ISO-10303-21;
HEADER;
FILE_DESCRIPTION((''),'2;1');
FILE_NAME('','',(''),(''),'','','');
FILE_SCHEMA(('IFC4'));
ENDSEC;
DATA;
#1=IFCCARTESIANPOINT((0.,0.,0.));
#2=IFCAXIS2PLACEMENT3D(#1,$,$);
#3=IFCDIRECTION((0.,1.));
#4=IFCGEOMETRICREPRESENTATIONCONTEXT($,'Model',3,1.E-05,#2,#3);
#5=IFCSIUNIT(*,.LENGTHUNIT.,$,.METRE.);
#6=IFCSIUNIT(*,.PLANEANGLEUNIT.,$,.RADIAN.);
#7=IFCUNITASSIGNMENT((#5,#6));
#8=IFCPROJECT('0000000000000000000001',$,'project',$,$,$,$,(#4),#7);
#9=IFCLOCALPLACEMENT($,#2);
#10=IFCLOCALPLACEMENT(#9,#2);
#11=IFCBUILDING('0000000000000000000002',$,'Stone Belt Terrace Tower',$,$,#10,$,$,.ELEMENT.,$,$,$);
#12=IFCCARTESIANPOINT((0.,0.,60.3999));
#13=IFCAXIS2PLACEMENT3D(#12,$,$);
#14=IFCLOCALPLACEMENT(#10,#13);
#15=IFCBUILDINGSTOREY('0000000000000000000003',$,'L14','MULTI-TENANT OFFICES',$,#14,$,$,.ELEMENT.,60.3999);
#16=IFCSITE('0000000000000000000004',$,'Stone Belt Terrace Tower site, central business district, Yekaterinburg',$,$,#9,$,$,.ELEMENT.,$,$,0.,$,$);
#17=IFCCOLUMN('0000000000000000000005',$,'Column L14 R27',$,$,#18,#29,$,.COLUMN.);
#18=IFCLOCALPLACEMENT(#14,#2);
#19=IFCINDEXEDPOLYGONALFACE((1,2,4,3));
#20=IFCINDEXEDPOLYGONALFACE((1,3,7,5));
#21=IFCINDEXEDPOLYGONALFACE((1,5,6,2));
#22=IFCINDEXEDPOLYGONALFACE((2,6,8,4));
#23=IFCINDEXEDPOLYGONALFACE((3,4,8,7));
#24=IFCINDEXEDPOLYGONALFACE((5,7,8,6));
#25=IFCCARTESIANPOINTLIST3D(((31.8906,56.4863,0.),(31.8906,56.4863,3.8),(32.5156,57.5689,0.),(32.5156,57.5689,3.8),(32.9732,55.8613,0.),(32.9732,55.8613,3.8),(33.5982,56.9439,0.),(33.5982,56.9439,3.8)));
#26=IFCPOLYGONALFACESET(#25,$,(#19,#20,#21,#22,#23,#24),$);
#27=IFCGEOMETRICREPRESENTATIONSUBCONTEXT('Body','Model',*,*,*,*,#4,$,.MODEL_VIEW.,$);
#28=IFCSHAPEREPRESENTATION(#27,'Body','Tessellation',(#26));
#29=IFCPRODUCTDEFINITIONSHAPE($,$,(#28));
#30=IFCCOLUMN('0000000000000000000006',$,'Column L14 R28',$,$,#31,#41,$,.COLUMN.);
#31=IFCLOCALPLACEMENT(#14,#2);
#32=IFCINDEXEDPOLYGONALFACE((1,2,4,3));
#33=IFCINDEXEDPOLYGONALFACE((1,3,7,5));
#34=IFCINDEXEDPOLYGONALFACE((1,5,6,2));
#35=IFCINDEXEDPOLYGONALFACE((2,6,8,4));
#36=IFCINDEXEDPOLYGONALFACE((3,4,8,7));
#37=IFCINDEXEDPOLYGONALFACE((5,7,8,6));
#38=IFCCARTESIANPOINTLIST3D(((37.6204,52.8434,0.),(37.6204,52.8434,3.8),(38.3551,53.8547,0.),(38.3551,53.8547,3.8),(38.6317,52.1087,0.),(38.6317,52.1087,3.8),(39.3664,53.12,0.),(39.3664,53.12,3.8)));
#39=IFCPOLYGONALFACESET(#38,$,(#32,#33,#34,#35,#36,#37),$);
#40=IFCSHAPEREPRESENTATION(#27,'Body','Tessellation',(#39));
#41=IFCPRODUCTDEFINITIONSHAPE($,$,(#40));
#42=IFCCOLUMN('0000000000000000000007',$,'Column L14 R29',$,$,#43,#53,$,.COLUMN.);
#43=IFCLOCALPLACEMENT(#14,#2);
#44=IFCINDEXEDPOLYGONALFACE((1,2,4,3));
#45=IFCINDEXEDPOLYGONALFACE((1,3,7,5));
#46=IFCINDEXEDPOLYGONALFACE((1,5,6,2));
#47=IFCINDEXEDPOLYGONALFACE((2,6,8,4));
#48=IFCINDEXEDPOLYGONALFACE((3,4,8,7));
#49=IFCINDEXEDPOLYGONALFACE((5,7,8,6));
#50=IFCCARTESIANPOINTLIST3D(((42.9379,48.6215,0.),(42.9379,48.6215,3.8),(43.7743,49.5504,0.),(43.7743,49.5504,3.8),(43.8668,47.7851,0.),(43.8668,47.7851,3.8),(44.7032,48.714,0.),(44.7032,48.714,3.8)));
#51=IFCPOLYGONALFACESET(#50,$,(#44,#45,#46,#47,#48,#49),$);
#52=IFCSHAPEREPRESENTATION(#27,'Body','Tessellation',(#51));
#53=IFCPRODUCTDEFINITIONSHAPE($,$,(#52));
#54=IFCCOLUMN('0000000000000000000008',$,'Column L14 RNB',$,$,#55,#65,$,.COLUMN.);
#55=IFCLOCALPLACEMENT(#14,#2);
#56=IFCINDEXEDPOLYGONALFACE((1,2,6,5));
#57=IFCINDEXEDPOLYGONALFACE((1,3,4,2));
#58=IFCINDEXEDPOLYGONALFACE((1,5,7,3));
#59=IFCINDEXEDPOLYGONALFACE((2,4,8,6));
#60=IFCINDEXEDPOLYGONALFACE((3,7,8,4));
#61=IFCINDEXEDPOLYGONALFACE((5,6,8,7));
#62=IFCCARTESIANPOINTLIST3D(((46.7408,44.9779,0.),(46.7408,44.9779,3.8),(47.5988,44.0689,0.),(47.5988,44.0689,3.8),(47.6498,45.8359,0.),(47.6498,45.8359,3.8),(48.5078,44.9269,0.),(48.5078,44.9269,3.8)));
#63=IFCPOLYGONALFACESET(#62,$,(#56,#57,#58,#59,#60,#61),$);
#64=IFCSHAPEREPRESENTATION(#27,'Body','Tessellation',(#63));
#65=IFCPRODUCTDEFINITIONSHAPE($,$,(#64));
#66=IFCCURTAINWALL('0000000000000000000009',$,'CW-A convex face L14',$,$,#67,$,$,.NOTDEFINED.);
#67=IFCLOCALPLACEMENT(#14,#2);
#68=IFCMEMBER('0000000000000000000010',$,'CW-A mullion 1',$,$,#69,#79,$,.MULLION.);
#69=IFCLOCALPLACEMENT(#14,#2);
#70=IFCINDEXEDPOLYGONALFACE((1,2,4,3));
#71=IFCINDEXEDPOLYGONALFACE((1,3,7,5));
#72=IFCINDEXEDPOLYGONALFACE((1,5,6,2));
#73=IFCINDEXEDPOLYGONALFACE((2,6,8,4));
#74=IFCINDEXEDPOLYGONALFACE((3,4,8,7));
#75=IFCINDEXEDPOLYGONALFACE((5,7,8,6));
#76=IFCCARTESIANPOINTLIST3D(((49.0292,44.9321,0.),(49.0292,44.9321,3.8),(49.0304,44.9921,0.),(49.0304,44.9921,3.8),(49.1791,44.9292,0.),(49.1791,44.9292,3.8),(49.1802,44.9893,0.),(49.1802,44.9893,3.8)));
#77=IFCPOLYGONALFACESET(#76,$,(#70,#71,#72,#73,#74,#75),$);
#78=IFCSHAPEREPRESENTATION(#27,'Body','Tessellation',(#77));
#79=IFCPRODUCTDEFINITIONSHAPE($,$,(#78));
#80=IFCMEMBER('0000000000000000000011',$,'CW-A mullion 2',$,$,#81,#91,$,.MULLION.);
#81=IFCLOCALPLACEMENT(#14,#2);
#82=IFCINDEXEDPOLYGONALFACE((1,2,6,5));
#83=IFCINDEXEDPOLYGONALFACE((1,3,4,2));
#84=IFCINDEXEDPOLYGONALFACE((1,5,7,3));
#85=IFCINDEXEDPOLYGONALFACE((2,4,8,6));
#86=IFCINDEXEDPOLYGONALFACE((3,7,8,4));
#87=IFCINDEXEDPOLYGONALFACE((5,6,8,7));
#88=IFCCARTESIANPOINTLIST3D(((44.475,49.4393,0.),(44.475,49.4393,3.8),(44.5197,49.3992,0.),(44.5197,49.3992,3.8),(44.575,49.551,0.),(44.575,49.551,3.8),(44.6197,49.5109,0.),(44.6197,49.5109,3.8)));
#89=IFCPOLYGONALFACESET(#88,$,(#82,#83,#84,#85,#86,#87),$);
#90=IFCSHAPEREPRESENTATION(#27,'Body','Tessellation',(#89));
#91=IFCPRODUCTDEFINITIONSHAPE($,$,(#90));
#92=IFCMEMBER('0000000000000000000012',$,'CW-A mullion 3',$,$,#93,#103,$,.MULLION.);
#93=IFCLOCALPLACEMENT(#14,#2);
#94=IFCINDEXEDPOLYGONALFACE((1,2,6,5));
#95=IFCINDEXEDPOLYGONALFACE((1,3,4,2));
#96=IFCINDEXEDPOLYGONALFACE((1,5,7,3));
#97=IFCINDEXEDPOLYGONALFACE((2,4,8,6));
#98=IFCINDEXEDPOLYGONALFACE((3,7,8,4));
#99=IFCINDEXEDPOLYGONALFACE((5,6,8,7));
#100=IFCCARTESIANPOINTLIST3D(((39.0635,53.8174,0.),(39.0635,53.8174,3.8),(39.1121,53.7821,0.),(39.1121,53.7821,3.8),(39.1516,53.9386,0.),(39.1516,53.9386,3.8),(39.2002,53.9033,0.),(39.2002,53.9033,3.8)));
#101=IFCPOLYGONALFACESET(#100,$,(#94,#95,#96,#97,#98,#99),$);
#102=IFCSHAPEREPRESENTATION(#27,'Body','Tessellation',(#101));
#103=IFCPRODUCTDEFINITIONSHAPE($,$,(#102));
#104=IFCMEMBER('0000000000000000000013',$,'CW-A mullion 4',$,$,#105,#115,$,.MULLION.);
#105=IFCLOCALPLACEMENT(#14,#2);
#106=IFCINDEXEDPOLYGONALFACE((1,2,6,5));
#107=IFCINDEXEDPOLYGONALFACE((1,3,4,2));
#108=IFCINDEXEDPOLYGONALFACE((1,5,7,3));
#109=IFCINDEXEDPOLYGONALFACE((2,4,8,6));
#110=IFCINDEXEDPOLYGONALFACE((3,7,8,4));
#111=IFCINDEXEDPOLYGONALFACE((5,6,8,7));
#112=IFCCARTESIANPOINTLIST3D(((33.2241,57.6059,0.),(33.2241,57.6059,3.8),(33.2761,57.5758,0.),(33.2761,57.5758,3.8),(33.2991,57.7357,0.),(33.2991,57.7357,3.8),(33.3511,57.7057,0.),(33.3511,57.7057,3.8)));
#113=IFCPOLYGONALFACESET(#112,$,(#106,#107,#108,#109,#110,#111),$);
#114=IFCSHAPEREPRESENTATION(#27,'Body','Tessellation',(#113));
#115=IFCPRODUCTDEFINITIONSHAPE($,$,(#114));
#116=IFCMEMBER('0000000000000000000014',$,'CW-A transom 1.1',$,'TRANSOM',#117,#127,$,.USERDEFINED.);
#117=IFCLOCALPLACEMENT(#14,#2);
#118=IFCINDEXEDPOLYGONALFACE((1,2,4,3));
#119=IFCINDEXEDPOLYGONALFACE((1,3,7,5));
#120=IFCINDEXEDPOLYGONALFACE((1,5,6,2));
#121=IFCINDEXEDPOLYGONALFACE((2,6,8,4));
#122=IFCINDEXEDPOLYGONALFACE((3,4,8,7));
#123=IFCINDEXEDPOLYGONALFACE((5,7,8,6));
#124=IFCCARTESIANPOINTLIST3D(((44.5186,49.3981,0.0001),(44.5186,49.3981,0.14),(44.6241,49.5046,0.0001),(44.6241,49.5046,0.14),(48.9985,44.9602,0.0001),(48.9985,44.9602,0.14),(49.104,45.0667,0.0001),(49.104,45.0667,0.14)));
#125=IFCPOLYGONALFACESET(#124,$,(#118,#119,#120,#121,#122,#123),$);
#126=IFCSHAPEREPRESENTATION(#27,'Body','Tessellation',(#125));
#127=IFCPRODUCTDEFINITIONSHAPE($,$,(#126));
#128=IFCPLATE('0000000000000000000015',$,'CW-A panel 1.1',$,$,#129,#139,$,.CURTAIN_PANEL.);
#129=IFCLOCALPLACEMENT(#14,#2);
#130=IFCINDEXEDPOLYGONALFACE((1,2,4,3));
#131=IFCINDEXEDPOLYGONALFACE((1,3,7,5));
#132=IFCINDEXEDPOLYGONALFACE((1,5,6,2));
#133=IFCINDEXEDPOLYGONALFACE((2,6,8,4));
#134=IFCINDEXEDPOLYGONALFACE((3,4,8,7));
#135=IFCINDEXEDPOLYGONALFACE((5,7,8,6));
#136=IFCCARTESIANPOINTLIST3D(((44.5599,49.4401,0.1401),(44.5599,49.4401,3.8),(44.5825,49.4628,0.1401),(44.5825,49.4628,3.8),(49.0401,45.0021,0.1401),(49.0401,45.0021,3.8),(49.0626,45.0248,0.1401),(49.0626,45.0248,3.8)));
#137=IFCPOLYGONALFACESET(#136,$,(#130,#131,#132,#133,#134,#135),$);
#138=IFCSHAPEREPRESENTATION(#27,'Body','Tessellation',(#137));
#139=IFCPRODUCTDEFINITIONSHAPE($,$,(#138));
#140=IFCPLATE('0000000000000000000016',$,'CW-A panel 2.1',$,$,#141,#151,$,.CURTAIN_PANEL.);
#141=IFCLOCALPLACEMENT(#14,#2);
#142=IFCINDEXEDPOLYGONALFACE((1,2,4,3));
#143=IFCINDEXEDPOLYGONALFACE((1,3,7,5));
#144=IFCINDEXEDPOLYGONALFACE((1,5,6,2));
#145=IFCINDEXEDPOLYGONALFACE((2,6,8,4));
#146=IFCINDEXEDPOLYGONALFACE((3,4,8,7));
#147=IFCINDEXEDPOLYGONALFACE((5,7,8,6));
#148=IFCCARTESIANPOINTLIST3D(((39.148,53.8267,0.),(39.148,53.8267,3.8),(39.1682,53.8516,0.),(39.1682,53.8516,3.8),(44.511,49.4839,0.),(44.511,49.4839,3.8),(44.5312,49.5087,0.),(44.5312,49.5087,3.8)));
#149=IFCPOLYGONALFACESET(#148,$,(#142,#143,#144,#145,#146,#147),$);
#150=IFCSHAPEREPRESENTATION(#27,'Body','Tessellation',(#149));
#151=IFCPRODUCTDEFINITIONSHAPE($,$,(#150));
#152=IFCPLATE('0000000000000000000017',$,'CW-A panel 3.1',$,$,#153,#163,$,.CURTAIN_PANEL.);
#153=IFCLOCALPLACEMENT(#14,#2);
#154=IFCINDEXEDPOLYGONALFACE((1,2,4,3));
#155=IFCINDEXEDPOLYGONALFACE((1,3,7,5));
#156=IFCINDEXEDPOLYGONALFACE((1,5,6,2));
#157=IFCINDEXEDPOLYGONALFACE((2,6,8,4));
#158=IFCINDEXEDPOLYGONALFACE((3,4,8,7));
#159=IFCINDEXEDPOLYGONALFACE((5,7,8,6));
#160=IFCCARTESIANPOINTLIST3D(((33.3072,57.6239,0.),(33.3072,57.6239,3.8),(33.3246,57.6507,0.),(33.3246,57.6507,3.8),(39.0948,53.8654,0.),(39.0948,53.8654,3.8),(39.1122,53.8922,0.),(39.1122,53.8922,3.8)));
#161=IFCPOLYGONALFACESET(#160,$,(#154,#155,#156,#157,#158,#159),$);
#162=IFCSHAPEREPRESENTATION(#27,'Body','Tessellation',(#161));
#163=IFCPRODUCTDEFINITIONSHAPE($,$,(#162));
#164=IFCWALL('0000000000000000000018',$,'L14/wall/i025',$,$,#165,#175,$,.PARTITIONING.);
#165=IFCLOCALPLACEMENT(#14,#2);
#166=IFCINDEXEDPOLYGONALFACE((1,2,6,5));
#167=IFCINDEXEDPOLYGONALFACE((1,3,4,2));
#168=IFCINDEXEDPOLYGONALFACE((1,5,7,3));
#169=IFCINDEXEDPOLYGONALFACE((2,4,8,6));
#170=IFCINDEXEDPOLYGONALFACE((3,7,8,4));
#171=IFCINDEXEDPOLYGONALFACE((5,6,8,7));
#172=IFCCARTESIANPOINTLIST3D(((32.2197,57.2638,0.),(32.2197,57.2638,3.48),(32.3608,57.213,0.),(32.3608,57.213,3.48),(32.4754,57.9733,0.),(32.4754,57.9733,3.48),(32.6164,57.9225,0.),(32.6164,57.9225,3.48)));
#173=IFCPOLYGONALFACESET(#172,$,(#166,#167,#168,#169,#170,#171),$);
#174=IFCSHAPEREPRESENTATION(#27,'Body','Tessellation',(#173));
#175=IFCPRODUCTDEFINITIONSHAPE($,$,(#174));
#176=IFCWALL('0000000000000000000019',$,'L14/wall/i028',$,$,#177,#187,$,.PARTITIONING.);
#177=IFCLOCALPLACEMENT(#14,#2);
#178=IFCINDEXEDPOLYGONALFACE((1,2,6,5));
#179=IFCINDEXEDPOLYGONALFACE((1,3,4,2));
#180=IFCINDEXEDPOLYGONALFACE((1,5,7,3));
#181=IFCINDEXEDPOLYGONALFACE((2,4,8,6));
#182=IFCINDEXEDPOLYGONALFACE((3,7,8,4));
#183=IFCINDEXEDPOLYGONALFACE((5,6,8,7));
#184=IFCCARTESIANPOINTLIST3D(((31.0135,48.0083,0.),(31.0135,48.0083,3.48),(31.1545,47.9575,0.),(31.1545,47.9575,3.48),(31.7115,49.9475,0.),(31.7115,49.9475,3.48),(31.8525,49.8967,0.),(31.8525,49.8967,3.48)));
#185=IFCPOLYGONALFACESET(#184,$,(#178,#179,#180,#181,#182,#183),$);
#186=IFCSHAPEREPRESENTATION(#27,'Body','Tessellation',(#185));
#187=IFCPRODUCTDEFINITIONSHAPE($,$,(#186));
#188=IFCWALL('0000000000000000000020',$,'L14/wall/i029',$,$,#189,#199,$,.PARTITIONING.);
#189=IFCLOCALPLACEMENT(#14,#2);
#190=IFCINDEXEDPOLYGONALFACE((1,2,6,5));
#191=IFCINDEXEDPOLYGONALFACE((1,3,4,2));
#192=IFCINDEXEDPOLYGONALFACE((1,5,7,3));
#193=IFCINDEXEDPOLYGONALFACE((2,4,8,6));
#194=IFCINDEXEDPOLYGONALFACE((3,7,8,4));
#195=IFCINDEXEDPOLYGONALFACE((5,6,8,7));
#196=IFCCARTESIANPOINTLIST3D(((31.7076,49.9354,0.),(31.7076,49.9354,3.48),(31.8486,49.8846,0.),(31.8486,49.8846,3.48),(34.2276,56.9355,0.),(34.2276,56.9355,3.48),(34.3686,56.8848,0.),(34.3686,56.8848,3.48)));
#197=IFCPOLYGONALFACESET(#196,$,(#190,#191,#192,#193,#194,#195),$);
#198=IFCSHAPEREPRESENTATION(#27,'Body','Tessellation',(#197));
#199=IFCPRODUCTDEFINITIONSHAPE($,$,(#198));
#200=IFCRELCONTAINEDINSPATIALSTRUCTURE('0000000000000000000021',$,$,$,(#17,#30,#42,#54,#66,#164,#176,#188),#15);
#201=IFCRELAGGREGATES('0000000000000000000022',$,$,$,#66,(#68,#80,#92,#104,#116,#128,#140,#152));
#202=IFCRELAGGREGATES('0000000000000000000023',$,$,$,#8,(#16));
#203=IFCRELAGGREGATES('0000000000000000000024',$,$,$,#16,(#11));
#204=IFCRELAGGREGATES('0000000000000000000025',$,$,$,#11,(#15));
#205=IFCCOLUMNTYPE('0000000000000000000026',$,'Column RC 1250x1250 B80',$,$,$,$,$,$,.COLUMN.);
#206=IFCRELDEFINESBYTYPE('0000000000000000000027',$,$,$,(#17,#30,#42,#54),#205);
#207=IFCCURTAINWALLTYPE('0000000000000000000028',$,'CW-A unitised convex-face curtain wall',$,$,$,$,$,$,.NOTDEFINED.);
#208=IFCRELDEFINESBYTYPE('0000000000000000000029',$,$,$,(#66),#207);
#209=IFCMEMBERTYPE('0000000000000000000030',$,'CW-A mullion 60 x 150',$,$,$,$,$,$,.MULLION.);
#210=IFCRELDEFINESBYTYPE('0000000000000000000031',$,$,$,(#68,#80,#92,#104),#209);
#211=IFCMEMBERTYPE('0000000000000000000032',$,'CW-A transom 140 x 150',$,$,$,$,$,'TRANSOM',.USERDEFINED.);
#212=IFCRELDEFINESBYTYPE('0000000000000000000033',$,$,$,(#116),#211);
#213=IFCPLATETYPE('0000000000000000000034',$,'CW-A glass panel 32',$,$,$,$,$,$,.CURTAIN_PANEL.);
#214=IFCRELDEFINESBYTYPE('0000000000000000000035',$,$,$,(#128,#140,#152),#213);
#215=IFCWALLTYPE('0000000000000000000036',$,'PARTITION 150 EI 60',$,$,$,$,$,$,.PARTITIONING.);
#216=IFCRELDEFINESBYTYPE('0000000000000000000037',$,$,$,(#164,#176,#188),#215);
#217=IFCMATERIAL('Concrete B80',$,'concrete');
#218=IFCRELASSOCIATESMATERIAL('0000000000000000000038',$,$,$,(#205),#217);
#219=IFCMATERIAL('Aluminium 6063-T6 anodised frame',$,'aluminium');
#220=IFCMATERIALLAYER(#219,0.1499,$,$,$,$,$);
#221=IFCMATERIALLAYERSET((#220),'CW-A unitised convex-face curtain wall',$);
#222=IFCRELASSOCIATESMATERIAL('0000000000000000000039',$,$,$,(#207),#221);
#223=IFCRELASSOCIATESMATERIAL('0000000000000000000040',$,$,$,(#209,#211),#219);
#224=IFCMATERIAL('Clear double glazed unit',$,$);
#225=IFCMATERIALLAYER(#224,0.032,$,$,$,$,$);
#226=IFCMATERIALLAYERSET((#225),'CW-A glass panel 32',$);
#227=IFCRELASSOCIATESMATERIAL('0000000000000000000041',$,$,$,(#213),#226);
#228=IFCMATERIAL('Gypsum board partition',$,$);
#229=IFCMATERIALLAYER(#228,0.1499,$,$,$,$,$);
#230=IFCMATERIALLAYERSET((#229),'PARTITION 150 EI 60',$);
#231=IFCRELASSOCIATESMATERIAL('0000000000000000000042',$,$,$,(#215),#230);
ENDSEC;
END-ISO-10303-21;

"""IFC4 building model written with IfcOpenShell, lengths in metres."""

from ifc_helpers import new_model, si_unit, direction, frame, frame_2d, origin, origin_2d, place, context, subcontext, project, spatial, rectangle, extrude, material, layer, layer_set, material_profile, profile_set, type_object, element, aggregate, save


model = new_model("IFC4")

# Units and contexts
model_context = context("Model", 3, precision=1e-05, world=origin(), true_north=direction((0.0, 1.0)))
body_context = subcontext(model_context, "Body", "Model", "MODEL_VIEW")
ifc_project = project(units=[si_unit("LENGTHUNIT", "METRE"), si_unit("PLANEANGLEUNIT", "RADIAN")], contexts=[model_context])

# Site, building, storey
site_placement = place(None, origin())
site = spatial("IfcSite", under=ifc_project, at=site_placement, Name="Stone Belt Terrace Tower site, central business district, Yekaterinburg", CompositionType="ELEMENT", RefElevation=0.0)
building_placement = place(site_placement, origin())
building = spatial("IfcBuilding", under=site, at=building_placement, Name="Stone Belt Terrace Tower", CompositionType="ELEMENT")
storey_placement = place(building_placement, frame((0.0, 0.0, 60.3999)))
storey = spatial("IfcBuildingStorey", under=building, at=storey_placement, Name="L14", Description="MULTI-TENANT OFFICES", CompositionType="ELEMENT", Elevation=60.3999)

# Columns
ifc_material_1 = material(Name="Concrete B80", Category="concrete")
ifc_material_profile_1 = material_profile(ifc_material_1, rectangle(XDim=1.25, YDim=1.25, at=origin_2d()), Name="RC 1250x1250")
ifc_profile_set_1 = profile_set([ifc_material_profile_1], Name="Concrete B80")
column_type = type_object("IfcColumnType", Name="Column RC 1250x1250 B80", PredefinedType="COLUMN", material=ifc_profile_set_1)
for number, where, z_axis, x_axis, name in (
    (1, (32.7444, 56.7151, 0.0), (0.0, 0.0, 1.0), (0.866025, -0.5, 0.0), "Column L14 R27"),
    (2, (38.4934, 52.9817, 0.0), (0.0, 0.0, 1.0), (0.809017, -0.587785, 0.0), "Column L14 R28"),
    (3, (43.8206, 48.6677, 0.0), (0.0, 0.0, 1.0), (0.743145, -0.669131, 0.0), "Column L14 R29"),
    (4, (47.6243, 44.9524, 0.0), (0.0, 0.0, 1.0), (0.686414, -0.727211, 0.0), "Column L14 RNB"),
):
    element("IfcColumn", number, at=place(storey_placement, frame(where, z_axis=z_axis, x_axis=x_axis)), inside=storey, type_object=column_type, Name=name, PredefinedType="COLUMN", context=body_context, shape_type="SweptSolid", body=[
        extrude(rectangle(XDim=1.25, YDim=1.25, at=origin_2d()), origin(), (0.0, 0.0, 1.0), 3.8),
    ])

# Curtain wall, members, plates
ifc_material_2 = material(Name="Aluminium 6063-T6 anodised frame", Category="aluminium")
ifc_layer_1 = layer(ifc_material_2, 0.1499)
ifc_layer_set_1 = layer_set([ifc_layer_1], Name="CW-A unitised convex-face curtain wall")
curtain_wall_type = type_object("IfcCurtainWallType", Name="CW-A unitised convex-face curtain wall", PredefinedType="NOTDEFINED", material=ifc_layer_set_1)
curtain_wall_placement = place(storey_placement, origin())
curtain_wall = element("IfcCurtainWall", 5, at=curtain_wall_placement, inside=storey, type_object=curtain_wall_type, Name="CW-A convex face L14", PredefinedType="NOTDEFINED")
ifc_material_profile_2 = material_profile(ifc_material_2, rectangle(XDim=0.1499, YDim=0.0601, at=origin_2d()), Name="Aluminium 6063-T6 60x150")
ifc_profile_set_2 = profile_set([ifc_material_profile_2], Name="Aluminium 6063-T6 anodised frame")
member_type_1 = type_object("IfcMemberType", Name="CW-A mullion 60 x 150", PredefinedType="MULLION", material=ifc_profile_set_2)
member_1_placement = place(storey_placement, frame((49.1047, 44.9607, 0.0), z_axis=(0.0, 0.0, 1.0), x_axis=(-0.999818, 0.019084, 0.0)))
member_1 = element("IfcMember", 6, at=member_1_placement, type_object=member_type_1, Name="CW-A mullion 1", PredefinedType="MULLION", context=body_context, shape_type="SweptSolid", body=[
    extrude(rectangle(XDim=0.1499, YDim=0.0601, at=origin_2d()), origin(), (0.0, 0.0, 1.0), 3.8),
])
member_2_placement = place(storey_placement, frame((44.5474, 49.4751, 0.0), z_axis=(0.0, 0.0, 1.0), x_axis=(-0.667371, -0.744725, 0.0)))
member_2 = element("IfcMember", 7, at=member_2_placement, type_object=member_type_1, Name="CW-A mullion 2", PredefinedType="MULLION", context=body_context, shape_type="SweptSolid", body=[
    extrude(rectangle(XDim=0.1499, YDim=0.0601, at=origin_2d()), origin(), (0.0, 0.0, 1.0), 3.8),
])
member_3_placement = place(storey_placement, frame((39.1318, 53.8604, 0.0), z_axis=(0.0, 0.0, 1.0), x_axis=(-0.587785, -0.809017, 0.0)))
member_3 = element("IfcMember", 8, at=member_3_placement, type_object=member_type_1, Name="CW-A mullion 3", PredefinedType="MULLION", context=body_context, shape_type="SweptSolid", body=[
    extrude(rectangle(XDim=0.1499, YDim=0.0601, at=origin_2d()), origin(), (0.0, 0.0, 1.0), 3.8),
])
member_4_placement = place(storey_placement, frame((33.2876, 57.6558, 0.0), z_axis=(0.0, 0.0, 1.0), x_axis=(-0.5, -0.866025, 0.0)))
member_4 = element("IfcMember", 9, at=member_4_placement, type_object=member_type_1, Name="CW-A mullion 4", PredefinedType="MULLION", context=body_context, shape_type="SweptSolid", body=[
    extrude(rectangle(XDim=0.1499, YDim=0.0601, at=origin_2d()), origin(), (0.0, 0.0, 1.0), 3.8),
])
ifc_material_profile_3 = material_profile(ifc_material_2, rectangle(XDim=0.1499, YDim=0.1399, at=origin_2d()), Name="Aluminium 6063-T6 150x140")
ifc_profile_set_3 = profile_set([ifc_material_profile_3], Name="Aluminium 6063-T6 anodised frame")
member_type_2 = type_object("IfcMemberType", Name="CW-A transom 140 x 150", ElementType="TRANSOM", PredefinedType="USERDEFINED", material=ifc_profile_set_3)
member_5_placement = place(storey_placement, frame((49.0513, 45.0134, 0.0701), z_axis=(-0.710428, 0.703769, 0.0), x_axis=(-0.703769, -0.710428, 0.0)))
member_5 = element("IfcMember", 10, at=member_5_placement, type_object=member_type_2, Name="CW-A transom 1.1", ObjectType="TRANSOM", PredefinedType="USERDEFINED", context=body_context, shape_type="SweptSolid", body=[
    extrude(rectangle(XDim=0.1499, YDim=0.1399, at=origin_2d()), origin(), (0.0, 0.0, 1.0), 6.3059),
])
ifc_material_3 = material(Name="Clear double glazed unit")
ifc_layer_2 = layer(ifc_material_3, 0.032)
ifc_layer_set_2 = layer_set([ifc_layer_2], Name="CW-A glass panel 32")
plate_type = type_object("IfcPlateType", Name="CW-A glass panel 32", PredefinedType="CURTAIN_PANEL", material=ifc_layer_set_2)
plate_1_placement = place(storey_placement, frame((46.8113, 47.2324, 0.1401), z_axis=(0.0, 0.0, 1.0), x_axis=(-0.710443, 0.703754, 0.0)))
plate_1 = element("IfcPlate", 11, at=plate_1_placement, type_object=plate_type, Name="CW-A panel 1.1", PredefinedType="CURTAIN_PANEL", context=body_context, shape_type="SweptSolid", body=[
    extrude(rectangle(XDim=6.3062, YDim=0.032, at=origin_2d()), origin(), (0.0, 0.0, 1.0), 3.6599),
])
plate_2_placement = place(storey_placement, frame((41.8396, 51.6677, 0.0), z_axis=(0.0, 0.0, 1.0), x_axis=(-0.777146, 0.62932, 0.0)))
plate_2 = element("IfcPlate", 12, at=plate_2_placement, type_object=plate_type, Name="CW-A panel 2.1", PredefinedType="CURTAIN_PANEL", context=body_context, shape_type="SweptSolid", body=[
    extrude(rectangle(XDim=6.9009, YDim=0.032, at=origin_2d()), origin(), (0.0, 0.0, 1.0), 3.8),
])
plate_3_placement = place(storey_placement, frame((36.2097, 55.7581, 0.0), z_axis=(0.0, 0.0, 1.0), x_axis=(-0.838671, 0.544639, 0.0)))
plate_3 = element("IfcPlate", 13, at=plate_3_placement, type_object=plate_type, Name="CW-A panel 3.1", PredefinedType="CURTAIN_PANEL", context=body_context, shape_type="SweptSolid", body=[
    extrude(rectangle(XDim=6.9009, YDim=0.032, at=origin_2d()), origin(), (0.0, 0.0, 1.0), 3.8),
])
aggregate(curtain_wall, [member_1, member_2, member_3, member_4, member_5, plate_1, plate_2, plate_3])

# Walls
ifc_material_4 = material(Name="Gypsum board partition")
ifc_layer_3 = layer(ifc_material_4, 0.1499)
ifc_layer_set_3 = layer_set([ifc_layer_3], Name="PARTITION 150 EI 60")
wall_type = type_object("IfcWallType", Name="PARTITION 150 EI 60", PredefinedType="PARTITIONING", material=ifc_layer_set_3)
wall_1_placement = place(storey_placement, frame((32.2903, 57.2385, 0.0), z_axis=(0.0, 0.0, 1.0), x_axis=(0.33896, 0.940801, 0.0)))
element("IfcWall", 14, at=wall_1_placement, inside=storey, type_object=wall_type, Name="L14/wall/i025", PredefinedType="PARTITIONING", context=body_context, shape_type="SweptSolid", body=[
    extrude(rectangle(XDim=0.7542, YDim=0.1499, at=frame_2d((0.377, 0.0))), origin(), (0.0, 0.0, 1.0), 3.48),
])
wall_2_placement = place(storey_placement, frame((31.782, 49.9221, 0.0), z_axis=(0.0, 0.0, 1.0), x_axis=(-0.338669, -0.940906, 0.0)))
element("IfcWall", 15, at=wall_2_placement, inside=storey, type_object=wall_type, Name="L14/wall/i028", PredefinedType="PARTITIONING", context=body_context, shape_type="SweptSolid", body=[
    extrude(rectangle(XDim=2.061, YDim=0.1499, at=frame_2d((1.0305, 0.0))), origin(), (0.0, 0.0, 1.0), 3.48),
])
wall_3_placement = place(storey_placement, frame((34.2981, 56.9102, 0.0), z_axis=(0.0, 0.0, 1.0), x_axis=(-0.338711, -0.94089, 0.0)))
element("IfcWall", 16, at=wall_3_placement, inside=storey, type_object=wall_type, Name="L14/wall/i029", PredefinedType="PARTITIONING", context=body_context, shape_type="SweptSolid", body=[
    extrude(rectangle(XDim=7.4399, YDim=0.1499, at=frame_2d((3.72, 0.0))), origin(), (0.0, 0.0, 1.0), 3.48),
])

save(model, "model.ifc")
